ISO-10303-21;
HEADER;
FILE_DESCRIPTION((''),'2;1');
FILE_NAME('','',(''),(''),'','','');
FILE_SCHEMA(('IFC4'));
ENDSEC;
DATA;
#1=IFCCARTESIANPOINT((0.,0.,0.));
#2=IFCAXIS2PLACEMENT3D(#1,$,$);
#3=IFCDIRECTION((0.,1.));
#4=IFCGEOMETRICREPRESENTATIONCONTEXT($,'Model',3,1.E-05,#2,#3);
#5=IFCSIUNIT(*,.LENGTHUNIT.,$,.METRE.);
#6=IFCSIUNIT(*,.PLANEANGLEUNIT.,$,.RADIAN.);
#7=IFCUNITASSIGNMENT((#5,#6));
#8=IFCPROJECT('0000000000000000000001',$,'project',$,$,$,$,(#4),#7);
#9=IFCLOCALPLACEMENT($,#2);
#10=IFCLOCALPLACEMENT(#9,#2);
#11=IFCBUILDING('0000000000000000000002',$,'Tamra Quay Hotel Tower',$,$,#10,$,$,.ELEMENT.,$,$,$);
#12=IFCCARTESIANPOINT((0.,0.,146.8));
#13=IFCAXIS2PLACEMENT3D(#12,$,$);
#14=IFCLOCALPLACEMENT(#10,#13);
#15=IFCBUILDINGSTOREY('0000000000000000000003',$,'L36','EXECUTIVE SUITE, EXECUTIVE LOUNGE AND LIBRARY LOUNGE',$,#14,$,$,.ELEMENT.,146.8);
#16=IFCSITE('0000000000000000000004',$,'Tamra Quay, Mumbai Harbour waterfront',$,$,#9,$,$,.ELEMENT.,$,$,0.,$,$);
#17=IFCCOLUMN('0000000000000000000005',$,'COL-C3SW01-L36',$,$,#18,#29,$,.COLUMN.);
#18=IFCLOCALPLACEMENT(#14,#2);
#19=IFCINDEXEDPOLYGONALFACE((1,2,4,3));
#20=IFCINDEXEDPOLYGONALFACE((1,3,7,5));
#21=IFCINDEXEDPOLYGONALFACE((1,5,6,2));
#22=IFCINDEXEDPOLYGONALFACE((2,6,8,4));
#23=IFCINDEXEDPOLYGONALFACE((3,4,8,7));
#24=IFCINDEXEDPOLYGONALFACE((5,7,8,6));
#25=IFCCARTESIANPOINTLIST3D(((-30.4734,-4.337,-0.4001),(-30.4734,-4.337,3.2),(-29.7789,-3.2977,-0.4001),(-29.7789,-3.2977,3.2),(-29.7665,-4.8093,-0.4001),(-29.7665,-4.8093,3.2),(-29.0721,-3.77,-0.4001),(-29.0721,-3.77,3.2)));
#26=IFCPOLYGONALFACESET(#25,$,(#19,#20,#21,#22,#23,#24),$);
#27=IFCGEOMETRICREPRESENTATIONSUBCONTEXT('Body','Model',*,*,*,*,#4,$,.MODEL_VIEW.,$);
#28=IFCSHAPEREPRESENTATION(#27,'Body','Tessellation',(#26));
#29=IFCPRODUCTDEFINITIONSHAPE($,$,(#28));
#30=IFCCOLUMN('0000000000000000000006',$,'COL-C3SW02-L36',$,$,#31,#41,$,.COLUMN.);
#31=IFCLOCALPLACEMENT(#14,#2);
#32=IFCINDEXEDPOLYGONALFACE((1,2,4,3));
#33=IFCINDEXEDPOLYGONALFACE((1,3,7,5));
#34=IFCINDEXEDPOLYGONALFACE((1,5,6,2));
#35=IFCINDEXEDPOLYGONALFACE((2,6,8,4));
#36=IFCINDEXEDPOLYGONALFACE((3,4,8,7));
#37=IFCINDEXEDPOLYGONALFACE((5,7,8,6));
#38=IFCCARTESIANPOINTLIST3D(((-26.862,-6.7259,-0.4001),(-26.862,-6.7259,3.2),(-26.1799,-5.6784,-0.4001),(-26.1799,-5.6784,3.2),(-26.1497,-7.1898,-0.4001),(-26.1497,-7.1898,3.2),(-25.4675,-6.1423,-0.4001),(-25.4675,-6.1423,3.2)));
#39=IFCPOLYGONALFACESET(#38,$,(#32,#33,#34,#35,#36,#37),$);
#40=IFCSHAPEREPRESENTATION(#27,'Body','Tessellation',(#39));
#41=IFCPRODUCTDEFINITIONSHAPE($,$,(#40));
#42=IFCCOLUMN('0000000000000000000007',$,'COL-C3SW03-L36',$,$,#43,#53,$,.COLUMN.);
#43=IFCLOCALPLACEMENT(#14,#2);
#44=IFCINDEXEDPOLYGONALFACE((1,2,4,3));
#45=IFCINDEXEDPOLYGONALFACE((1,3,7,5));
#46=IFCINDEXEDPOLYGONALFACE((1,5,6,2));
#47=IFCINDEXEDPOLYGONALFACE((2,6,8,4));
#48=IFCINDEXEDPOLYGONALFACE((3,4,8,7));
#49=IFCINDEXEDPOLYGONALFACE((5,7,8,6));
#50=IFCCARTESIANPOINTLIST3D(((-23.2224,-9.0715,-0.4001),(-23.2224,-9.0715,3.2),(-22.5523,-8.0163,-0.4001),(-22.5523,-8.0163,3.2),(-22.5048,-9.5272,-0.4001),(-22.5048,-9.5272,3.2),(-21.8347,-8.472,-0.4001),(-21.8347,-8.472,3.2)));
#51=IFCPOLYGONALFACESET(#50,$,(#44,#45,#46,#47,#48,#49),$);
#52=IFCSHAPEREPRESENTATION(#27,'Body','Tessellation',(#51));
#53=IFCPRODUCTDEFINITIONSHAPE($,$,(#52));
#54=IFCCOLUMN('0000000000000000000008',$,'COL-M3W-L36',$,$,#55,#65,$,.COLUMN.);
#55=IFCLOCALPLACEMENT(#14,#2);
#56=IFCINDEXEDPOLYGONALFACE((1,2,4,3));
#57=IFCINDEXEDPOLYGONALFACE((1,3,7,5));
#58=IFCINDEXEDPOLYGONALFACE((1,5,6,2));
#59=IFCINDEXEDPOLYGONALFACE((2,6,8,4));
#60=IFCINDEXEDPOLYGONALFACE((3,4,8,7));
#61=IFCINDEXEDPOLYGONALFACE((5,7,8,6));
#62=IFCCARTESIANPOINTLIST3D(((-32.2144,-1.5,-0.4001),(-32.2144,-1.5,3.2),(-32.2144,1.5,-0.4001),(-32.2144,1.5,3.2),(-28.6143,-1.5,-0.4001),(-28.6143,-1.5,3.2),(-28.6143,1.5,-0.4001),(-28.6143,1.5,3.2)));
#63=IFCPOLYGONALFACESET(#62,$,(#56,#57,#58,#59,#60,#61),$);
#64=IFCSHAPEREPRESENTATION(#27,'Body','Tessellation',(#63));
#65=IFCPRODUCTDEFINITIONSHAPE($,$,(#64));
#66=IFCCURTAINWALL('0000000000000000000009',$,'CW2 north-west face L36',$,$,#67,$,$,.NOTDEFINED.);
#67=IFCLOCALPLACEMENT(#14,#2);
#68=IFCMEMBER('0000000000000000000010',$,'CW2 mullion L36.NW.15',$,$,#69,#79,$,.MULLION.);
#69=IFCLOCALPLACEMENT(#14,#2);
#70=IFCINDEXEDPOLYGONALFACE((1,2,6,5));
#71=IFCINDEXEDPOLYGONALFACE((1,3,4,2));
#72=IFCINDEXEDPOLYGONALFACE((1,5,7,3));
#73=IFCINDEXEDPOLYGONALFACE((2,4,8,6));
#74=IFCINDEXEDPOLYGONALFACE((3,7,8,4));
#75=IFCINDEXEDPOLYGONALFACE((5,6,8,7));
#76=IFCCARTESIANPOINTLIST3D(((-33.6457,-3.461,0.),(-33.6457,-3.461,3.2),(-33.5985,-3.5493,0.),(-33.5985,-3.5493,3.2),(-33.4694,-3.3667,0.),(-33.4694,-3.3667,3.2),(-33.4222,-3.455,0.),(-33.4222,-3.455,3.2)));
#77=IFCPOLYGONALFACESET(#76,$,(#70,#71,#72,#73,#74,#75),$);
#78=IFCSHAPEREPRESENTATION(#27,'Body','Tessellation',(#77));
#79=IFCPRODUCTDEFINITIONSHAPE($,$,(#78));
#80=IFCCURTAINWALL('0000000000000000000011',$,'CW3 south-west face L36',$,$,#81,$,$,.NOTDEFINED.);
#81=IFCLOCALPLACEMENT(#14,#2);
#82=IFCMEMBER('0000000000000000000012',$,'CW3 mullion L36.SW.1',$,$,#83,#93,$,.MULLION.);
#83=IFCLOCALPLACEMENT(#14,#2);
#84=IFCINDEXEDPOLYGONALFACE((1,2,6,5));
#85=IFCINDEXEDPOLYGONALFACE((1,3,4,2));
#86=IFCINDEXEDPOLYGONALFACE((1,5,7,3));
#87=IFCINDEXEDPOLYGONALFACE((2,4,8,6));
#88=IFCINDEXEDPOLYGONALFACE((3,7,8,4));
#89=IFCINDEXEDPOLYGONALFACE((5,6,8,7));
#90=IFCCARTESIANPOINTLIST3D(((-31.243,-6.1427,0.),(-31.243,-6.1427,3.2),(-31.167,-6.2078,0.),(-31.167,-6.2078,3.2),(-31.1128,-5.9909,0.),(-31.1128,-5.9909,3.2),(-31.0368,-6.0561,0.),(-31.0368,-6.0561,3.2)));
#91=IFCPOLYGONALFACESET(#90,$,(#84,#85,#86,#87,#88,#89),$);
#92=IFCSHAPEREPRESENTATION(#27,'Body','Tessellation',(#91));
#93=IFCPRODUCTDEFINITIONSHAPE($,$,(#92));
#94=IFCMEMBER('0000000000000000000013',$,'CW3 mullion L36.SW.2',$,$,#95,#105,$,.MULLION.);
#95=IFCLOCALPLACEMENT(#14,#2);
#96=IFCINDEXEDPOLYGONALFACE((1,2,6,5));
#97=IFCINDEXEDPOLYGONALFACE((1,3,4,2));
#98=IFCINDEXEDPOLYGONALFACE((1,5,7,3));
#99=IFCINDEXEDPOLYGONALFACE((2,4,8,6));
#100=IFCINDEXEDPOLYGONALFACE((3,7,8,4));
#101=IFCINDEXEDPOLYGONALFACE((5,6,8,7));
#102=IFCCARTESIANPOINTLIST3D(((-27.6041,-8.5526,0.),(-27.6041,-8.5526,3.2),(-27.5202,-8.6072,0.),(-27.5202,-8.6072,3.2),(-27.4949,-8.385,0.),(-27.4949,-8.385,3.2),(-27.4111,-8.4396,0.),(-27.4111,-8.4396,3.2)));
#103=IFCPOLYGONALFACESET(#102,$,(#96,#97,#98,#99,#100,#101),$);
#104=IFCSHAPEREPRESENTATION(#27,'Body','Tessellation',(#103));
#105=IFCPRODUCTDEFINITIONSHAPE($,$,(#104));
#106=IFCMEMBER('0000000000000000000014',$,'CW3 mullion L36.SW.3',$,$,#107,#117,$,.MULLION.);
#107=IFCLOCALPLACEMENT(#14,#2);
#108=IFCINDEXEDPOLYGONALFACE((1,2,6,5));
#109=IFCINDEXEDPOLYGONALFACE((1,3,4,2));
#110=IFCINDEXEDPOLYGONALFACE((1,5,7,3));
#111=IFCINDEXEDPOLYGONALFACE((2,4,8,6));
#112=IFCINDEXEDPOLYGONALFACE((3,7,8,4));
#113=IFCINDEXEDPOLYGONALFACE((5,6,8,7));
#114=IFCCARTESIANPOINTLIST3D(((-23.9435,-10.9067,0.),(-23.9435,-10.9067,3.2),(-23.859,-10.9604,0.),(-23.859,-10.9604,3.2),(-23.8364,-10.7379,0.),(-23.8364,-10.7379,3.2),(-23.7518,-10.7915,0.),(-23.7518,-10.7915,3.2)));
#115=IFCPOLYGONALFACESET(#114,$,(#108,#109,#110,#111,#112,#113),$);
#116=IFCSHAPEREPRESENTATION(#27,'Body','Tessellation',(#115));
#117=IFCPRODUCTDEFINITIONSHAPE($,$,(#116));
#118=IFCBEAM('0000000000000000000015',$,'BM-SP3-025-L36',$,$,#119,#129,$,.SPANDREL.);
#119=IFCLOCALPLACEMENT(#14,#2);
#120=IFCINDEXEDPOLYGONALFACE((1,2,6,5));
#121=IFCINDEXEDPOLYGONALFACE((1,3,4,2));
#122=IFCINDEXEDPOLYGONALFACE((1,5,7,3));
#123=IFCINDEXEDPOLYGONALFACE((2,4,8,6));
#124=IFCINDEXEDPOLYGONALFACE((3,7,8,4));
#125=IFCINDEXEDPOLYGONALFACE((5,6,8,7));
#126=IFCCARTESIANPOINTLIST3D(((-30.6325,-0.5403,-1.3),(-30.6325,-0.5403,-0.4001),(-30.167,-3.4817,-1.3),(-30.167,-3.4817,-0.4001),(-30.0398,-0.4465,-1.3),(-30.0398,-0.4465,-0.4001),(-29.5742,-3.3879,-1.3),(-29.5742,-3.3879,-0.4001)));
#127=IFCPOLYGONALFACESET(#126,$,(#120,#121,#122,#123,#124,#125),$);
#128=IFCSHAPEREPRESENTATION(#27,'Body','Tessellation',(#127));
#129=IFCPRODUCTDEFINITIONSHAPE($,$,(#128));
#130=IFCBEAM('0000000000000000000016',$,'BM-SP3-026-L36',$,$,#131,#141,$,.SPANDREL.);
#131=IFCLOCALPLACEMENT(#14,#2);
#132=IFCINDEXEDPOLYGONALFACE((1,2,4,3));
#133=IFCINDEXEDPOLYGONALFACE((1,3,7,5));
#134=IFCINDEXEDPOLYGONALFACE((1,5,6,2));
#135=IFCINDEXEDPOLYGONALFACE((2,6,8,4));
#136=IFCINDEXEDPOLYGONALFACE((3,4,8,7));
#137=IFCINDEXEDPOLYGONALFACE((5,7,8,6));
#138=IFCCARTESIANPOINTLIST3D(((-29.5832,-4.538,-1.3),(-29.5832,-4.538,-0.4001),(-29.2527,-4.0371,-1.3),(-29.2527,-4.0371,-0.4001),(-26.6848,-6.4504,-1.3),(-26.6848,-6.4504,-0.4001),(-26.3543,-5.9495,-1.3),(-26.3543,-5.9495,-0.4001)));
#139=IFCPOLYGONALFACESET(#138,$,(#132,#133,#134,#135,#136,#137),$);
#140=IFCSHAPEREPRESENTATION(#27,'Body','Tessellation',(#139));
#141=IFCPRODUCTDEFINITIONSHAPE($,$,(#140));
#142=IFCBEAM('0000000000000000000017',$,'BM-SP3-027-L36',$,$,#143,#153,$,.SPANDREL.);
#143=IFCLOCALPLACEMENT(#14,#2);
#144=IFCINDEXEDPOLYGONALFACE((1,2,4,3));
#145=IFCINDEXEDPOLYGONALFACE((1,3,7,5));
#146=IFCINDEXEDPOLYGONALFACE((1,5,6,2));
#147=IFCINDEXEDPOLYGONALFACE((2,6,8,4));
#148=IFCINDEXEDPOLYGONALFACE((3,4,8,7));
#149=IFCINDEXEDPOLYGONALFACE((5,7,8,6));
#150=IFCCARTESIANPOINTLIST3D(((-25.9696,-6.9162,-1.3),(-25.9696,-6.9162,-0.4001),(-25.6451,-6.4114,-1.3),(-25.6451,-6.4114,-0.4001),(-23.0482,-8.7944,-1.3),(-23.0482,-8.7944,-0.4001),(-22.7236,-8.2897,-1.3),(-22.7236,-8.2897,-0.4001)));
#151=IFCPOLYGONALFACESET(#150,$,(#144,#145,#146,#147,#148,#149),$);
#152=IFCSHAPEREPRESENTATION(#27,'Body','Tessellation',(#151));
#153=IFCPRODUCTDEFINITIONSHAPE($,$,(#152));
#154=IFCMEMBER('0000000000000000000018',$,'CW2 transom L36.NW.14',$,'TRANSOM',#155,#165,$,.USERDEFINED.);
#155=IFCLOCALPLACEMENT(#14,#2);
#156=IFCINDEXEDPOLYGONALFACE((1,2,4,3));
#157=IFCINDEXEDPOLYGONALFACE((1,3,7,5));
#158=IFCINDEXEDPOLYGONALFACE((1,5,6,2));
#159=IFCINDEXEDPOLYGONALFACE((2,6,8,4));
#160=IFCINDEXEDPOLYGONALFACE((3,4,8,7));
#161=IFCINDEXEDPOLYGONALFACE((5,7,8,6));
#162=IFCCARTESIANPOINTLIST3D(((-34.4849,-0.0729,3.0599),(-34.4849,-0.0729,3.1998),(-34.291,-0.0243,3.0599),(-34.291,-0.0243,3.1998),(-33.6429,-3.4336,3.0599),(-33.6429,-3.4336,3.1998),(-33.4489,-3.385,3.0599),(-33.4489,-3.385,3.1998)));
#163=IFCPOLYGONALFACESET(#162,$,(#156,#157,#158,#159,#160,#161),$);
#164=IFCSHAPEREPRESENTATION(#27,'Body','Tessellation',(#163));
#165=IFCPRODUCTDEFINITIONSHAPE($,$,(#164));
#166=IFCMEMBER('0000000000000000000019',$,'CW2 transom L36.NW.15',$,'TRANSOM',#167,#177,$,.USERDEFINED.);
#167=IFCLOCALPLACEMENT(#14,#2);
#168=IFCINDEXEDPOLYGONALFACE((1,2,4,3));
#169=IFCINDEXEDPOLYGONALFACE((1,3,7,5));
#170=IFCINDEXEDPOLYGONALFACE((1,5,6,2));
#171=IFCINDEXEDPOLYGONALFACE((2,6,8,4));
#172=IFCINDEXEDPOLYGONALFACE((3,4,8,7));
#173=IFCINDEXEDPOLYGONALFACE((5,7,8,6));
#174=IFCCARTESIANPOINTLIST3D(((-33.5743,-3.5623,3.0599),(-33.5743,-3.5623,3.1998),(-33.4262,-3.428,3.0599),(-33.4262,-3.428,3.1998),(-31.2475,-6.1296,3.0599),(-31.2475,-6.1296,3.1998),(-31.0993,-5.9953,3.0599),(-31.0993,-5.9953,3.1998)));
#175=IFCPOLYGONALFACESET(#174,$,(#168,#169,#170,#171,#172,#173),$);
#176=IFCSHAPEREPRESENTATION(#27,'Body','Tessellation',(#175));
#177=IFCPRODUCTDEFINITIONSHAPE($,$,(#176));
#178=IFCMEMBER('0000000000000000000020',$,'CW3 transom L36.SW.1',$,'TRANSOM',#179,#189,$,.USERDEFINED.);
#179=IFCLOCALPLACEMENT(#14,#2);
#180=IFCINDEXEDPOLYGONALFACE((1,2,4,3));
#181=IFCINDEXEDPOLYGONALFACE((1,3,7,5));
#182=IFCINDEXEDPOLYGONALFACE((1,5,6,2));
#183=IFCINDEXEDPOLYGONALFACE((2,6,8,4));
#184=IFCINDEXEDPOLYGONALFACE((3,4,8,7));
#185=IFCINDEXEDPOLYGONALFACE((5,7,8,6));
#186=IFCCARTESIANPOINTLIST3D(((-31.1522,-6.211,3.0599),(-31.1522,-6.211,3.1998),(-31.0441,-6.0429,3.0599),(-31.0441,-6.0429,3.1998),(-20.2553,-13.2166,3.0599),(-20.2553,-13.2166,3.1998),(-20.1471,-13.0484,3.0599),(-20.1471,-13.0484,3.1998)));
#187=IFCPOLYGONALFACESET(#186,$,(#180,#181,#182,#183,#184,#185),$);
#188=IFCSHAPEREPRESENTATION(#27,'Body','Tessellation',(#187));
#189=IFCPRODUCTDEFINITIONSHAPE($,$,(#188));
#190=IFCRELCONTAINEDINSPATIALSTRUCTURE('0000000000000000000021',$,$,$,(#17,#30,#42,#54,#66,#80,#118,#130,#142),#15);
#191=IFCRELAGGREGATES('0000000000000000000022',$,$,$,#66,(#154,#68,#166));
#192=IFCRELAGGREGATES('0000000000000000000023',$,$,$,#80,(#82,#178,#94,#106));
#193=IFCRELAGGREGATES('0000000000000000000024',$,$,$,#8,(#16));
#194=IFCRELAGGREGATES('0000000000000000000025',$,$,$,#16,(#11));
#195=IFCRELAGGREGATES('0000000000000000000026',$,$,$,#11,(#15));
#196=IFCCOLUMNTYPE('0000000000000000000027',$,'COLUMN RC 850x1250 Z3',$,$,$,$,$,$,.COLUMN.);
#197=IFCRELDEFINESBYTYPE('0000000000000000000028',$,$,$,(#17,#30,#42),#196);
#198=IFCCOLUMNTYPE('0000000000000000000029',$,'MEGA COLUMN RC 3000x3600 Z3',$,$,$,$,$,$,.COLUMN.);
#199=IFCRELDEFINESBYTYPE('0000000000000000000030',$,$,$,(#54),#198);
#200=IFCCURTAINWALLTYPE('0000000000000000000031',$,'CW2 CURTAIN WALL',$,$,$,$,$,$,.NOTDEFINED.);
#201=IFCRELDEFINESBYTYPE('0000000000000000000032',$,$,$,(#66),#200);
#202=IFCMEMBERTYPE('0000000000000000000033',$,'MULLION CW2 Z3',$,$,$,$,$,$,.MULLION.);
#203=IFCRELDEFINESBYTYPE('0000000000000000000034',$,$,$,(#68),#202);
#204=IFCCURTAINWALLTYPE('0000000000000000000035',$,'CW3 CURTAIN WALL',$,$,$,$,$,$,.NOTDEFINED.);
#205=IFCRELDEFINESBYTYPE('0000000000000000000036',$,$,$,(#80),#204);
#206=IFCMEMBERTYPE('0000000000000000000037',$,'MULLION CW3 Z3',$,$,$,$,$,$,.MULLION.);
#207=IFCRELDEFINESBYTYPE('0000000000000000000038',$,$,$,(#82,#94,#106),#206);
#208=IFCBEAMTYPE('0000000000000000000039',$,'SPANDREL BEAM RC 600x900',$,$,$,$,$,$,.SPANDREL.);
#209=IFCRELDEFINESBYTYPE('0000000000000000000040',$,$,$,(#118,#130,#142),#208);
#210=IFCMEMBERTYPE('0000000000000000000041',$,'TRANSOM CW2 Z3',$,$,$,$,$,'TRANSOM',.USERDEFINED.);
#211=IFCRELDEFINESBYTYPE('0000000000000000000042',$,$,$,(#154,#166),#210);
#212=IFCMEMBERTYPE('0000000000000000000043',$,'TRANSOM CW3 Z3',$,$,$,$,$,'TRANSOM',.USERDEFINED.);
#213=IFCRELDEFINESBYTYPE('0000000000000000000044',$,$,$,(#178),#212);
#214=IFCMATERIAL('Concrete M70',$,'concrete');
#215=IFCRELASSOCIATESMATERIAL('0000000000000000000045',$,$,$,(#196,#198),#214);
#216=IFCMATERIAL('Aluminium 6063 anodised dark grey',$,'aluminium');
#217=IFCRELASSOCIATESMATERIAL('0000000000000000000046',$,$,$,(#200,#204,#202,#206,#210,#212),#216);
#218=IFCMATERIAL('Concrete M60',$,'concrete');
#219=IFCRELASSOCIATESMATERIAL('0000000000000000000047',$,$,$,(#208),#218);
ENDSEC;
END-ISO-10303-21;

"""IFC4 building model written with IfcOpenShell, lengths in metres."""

from ifc_helpers import new_model, si_unit, direction, frame, origin, origin_2d, place, context, subcontext, project, spatial, rectangle, extrude, material, material_profile, profile_set, type_object, element, aggregate, save


model = new_model("IFC4")

# Units and contexts
model_context = context("Model", 3, precision=1e-05, world=origin(), true_north=direction((0.0, 1.0)))
body_context = subcontext(model_context, "Body", "Model", "MODEL_VIEW")
ifc_project = project(units=[si_unit("LENGTHUNIT", "METRE"), si_unit("PLANEANGLEUNIT", "RADIAN")], contexts=[model_context])

# Site, building, storey
site_placement = place(None, origin())
site = spatial("IfcSite", under=ifc_project, at=site_placement, Name="Tamra Quay, Mumbai Harbour waterfront", CompositionType="ELEMENT", RefElevation=0.0)
building_placement = place(site_placement, origin())
building = spatial("IfcBuilding", under=site, at=building_placement, Name="Tamra Quay Hotel Tower", CompositionType="ELEMENT")
storey_placement = place(building_placement, frame((0.0, 0.0, 146.8)))
storey = spatial("IfcBuildingStorey", under=building, at=storey_placement, Name="L36", Description="EXECUTIVE SUITE, EXECUTIVE LOUNGE AND LIBRARY LOUNGE", CompositionType="ELEMENT", Elevation=146.8)

# Columns
ifc_material_1 = material(Name="Concrete M70", Category="concrete")
ifc_material_profile_1 = material_profile(ifc_material_1, rectangle(XDim=1.25, YDim=0.8501, at=origin_2d()), Name="COLUMN RC 850x1250 Z3")
ifc_profile_set_1 = profile_set([ifc_material_profile_1], Name="Concrete M70")
column_type_1 = type_object("IfcColumnType", Name="COLUMN RC 850x1250 Z3", PredefinedType="COLUMN", material=ifc_profile_set_1)
for number, where, z_axis, x_axis, name in (
    (1, (-29.7727, -4.0535, -0.4001), (0.0, 0.0, 1.0), (0.555583, 0.831461, 0.0), "COL-C3SW01-L36"),
    (2, (-26.1648, -6.4341, -0.4001), (0.0, 0.0, 1.0), (0.545703, 0.837979, 0.0), "COL-C3SW02-L36"),
    (3, (-22.5286, -8.7717, -0.4001), (0.0, 0.0, 1.0), (0.536102, 0.844153, 0.0), "COL-C3SW03-L36"),
):
    element("IfcColumn", number, at=place(storey_placement, frame(where, z_axis=z_axis, x_axis=x_axis)), inside=storey, type_object=column_type_1, Name=name, PredefinedType="COLUMN", context=body_context, shape_type="SweptSolid", body=[
        extrude(rectangle(XDim=1.25, YDim=0.8501, at=origin_2d()), origin(), (0.0, 0.0, 1.0), 3.6001),
    ])
ifc_material_profile_2 = material_profile(ifc_material_1, rectangle(XDim=3.6001, YDim=3.0, at=origin_2d()), Name="MEGA COLUMN RC 3000x3600 Z3")
ifc_profile_set_2 = profile_set([ifc_material_profile_2], Name="Concrete M70")
column_type_2 = type_object("IfcColumnType", Name="MEGA COLUMN RC 3000x3600 Z3", PredefinedType="COLUMN", material=ifc_profile_set_2)
column_placement = place(storey_placement, frame((-30.4143, 0.0, -0.4001), z_axis=(0.0, 0.0, 1.0), x_axis=(1.0, 0.0, 0.0)))
element("IfcColumn", 4, at=column_placement, inside=storey, type_object=column_type_2, Name="COL-M3W-L36", PredefinedType="COLUMN", context=body_context, shape_type="SweptSolid", body=[
    extrude(rectangle(XDim=3.6001, YDim=3.0, at=origin_2d()), origin(), (0.0, 0.0, 1.0), 3.6001),
])

# Curtain wall, member
ifc_material_2 = material(Name="Aluminium 6063 anodised dark grey", Category="aluminium")
curtain_wall_type_1 = type_object("IfcCurtainWallType", Name="CW2 CURTAIN WALL", PredefinedType="NOTDEFINED", material=ifc_material_2)
curtain_wall_1_placement = place(storey_placement, origin())
curtain_wall_1 = element("IfcCurtainWall", 5, at=curtain_wall_1_placement, inside=storey, type_object=curtain_wall_type_1, Name="CW2 north-west face L36", PredefinedType="NOTDEFINED")
ifc_material_profile_3 = material_profile(ifc_material_2, rectangle(XDim=0.2, YDim=0.1001, at=origin_2d()), Name="MULLION 100X200")
ifc_profile_set_3 = profile_set([ifc_material_profile_3], Name="Aluminium 6063 anodised dark grey")
member_type_1 = type_object("IfcMemberType", Name="MULLION CW2 Z3", PredefinedType="MULLION", material=ifc_profile_set_3)
member_1_placement = place(storey_placement, frame((-33.5339, -3.458, 0.0), z_axis=(0.0, 0.0, 1.0), x_axis=(-0.881925, -0.471389, 0.0)))
member_1 = element("IfcMember", 6, at=member_1_placement, type_object=member_type_1, Name="CW2 mullion L36.NW.15", PredefinedType="MULLION", context=body_context, shape_type="SweptSolid", body=[
    extrude(rectangle(XDim=0.2, YDim=0.1001, at=origin_2d()), origin(), (0.0, 0.0, 1.0), 3.2),
])

# Curtain wall, members
curtain_wall_type_2 = type_object("IfcCurtainWallType", Name="CW3 CURTAIN WALL", PredefinedType="NOTDEFINED", material=ifc_material_2)
curtain_wall_2_placement = place(storey_placement, origin())
curtain_wall_2 = element("IfcCurtainWall", 7, at=curtain_wall_2_placement, inside=storey, type_object=curtain_wall_type_2, Name="CW3 south-west face L36", PredefinedType="NOTDEFINED")
ifc_material_profile_4 = material_profile(ifc_material_2, rectangle(XDim=0.2, YDim=0.1001, at=origin_2d()), Name="MULLION 100X200")
ifc_profile_set_4 = profile_set([ifc_material_profile_4], Name="Aluminium 6063 anodised dark grey")
member_type_2 = type_object("IfcMemberType", Name="MULLION CW3 Z3", PredefinedType="MULLION", material=ifc_profile_set_4)
member_2_placement = place(storey_placement, frame((-31.1399, -6.0994, 0.0), z_axis=(0.0, 0.0, 1.0), x_axis=(-0.650989, -0.759087, 0.0)))
member_2 = element("IfcMember", 8, at=member_2_placement, type_object=member_type_2, Name="CW3 mullion L36.SW.1", PredefinedType="MULLION", context=body_context, shape_type="SweptSolid", body=[
    extrude(rectangle(XDim=0.2, YDim=0.1001, at=origin_2d()), origin(), (0.0, 0.0, 1.0), 3.2),
])
member_3_placement = place(storey_placement, frame((-27.5076, -8.4961, 0.0), z_axis=(0.0, 0.0, 1.0), x_axis=(-0.54578, -0.837928, 0.0)))
member_3 = element("IfcMember", 9, at=member_3_placement, type_object=member_type_2, Name="CW3 mullion L36.SW.2", PredefinedType="MULLION", context=body_context, shape_type="SweptSolid", body=[
    extrude(rectangle(XDim=0.2, YDim=0.1001, at=origin_2d()), origin(), (0.0, 0.0, 1.0), 3.2),
])
member_4_placement = place(storey_placement, frame((-23.8477, -10.8491, 0.0), z_axis=(0.0, 0.0, 1.0), x_axis=(-0.53576, -0.84437, 0.0)))
member_4 = element("IfcMember", 10, at=member_4_placement, type_object=member_type_2, Name="CW3 mullion L36.SW.3", PredefinedType="MULLION", context=body_context, shape_type="SweptSolid", body=[
    extrude(rectangle(XDim=0.2, YDim=0.1001, at=origin_2d()), origin(), (0.0, 0.0, 1.0), 3.2),
])

# Beams
ifc_material_3 = material(Name="Concrete M60", Category="concrete")
ifc_material_profile_5 = material_profile(ifc_material_3, rectangle(XDim=0.6001, YDim=0.8999, at=origin_2d()), Name="SPANDREL BEAM RC 600x900")
ifc_profile_set_5 = profile_set([ifc_material_profile_5], Name="Concrete M60")
beam_type = type_object("IfcBeamType", Name="SPANDREL BEAM RC 600x900", PredefinedType="SPANDREL", material=ifc_profile_set_5)
beam_1_placement = place(storey_placement, frame((-30.3362, -0.4934, -0.8501), z_axis=(0.156337, -0.987704, 0.0), x_axis=(0.987704, 0.156337, 0.0)))
element("IfcBeam", 11, at=beam_1_placement, inside=storey, type_object=beam_type, Name="BM-SP3-025-L36", PredefinedType="SPANDREL", context=body_context, shape_type="SweptSolid", body=[
    extrude(rectangle(XDim=0.6001, YDim=0.8999, at=origin_2d()), origin(), (0.0, 0.0, 1.0), 2.978),
])
beam_2_placement = place(storey_placement, frame((-29.418, -4.2876, -0.8501), z_axis=(0.834691, -0.550719, 0.0), x_axis=(0.550719, 0.834691, 0.0)))
element("IfcBeam", 12, at=beam_2_placement, inside=storey, type_object=beam_type, Name="BM-SP3-026-L36", PredefinedType="SPANDREL", context=body_context, shape_type="SweptSolid", body=[
    extrude(rectangle(XDim=0.6001, YDim=0.8999, at=origin_2d()), origin(), (0.0, 0.0, 1.0), 3.4724),
])
beam_3_placement = place(storey_placement, frame((-25.8074, -6.6638, -0.8501), z_axis=(0.84116, -0.540786, 0.0), x_axis=(0.540786, 0.84116, 0.0)))
element("IfcBeam", 13, at=beam_3_placement, inside=storey, type_object=beam_type, Name="BM-SP3-027-L36", PredefinedType="SPANDREL", context=body_context, shape_type="SweptSolid", body=[
    extrude(rectangle(XDim=0.6001, YDim=0.8999, at=origin_2d()), origin(), (0.0, 0.0, 1.0), 3.4731),
])

# Members
ifc_material_profile_6 = material_profile(ifc_material_2, rectangle(XDim=0.2, YDim=0.1399, at=origin_2d()), Name="TRANSOM 200X140")
ifc_profile_set_6 = profile_set([ifc_material_profile_6], Name="Aluminium 6063 anodised dark grey")
member_type_3 = type_object("IfcMemberType", Name="TRANSOM CW2 Z3", ElementType="TRANSOM", PredefinedType="USERDEFINED", material=ifc_profile_set_6)
member_5_placement = place(storey_placement, frame((-34.3879, -0.0486, 3.1299), z_axis=(0.243033, -0.970018, 0.0), x_axis=(0.970018, 0.243033, 0.0)))
member_5 = element("IfcMember", 14, at=member_5_placement, type_object=member_type_3, Name="CW2 transom L36.NW.14", ObjectType="TRANSOM", PredefinedType="USERDEFINED", context=body_context, shape_type="SweptSolid", body=[
    extrude(rectangle(XDim=0.2, YDim=0.1399, at=origin_2d()), origin(), (0.0, 0.0, 1.0), 3.4646),
])
member_6_placement = place(storey_placement, frame((-33.5002, -3.4951, 3.1299), z_axis=(0.671553, -0.740956, 0.0), x_axis=(0.740956, 0.671553, 0.0)))
member_6 = element("IfcMember", 15, at=member_6_placement, type_object=member_type_3, Name="CW2 transom L36.NW.15", ObjectType="TRANSOM", PredefinedType="USERDEFINED", context=body_context, shape_type="SweptSolid", body=[
    extrude(rectangle(XDim=0.2, YDim=0.1399, at=origin_2d()), origin(), (0.0, 0.0, 1.0), 3.4648),
])
ifc_material_profile_7 = material_profile(ifc_material_2, rectangle(XDim=0.2, YDim=0.1399, at=origin_2d()), Name="TRANSOM 200X140")
ifc_profile_set_7 = profile_set([ifc_material_profile_7], Name="Aluminium 6063 anodised dark grey")
member_type_4 = type_object("IfcMemberType", Name="TRANSOM CW3 Z3", ElementType="TRANSOM", PredefinedType="USERDEFINED", material=ifc_profile_set_7)
member_7_placement = place(storey_placement, frame((-31.0981, -6.127, 3.1299), z_axis=(0.841164, -0.54078, 0.0), x_axis=(0.54078, 0.841164, 0.0)))
member_7 = element("IfcMember", 16, at=member_7_placement, type_object=member_type_4, Name="CW3 transom L36.SW.1", ObjectType="TRANSOM", PredefinedType="USERDEFINED", context=body_context, shape_type="SweptSolid", body=[
    extrude(rectangle(XDim=0.2, YDim=0.1399, at=origin_2d()), origin(), (0.0, 0.0, 1.0), 12.9546),
])

aggregate(curtain_wall_1, [member_5, member_1, member_6])
aggregate(curtain_wall_2, [member_2, member_7, member_3, member_4])

save(model, "model.ifc")
